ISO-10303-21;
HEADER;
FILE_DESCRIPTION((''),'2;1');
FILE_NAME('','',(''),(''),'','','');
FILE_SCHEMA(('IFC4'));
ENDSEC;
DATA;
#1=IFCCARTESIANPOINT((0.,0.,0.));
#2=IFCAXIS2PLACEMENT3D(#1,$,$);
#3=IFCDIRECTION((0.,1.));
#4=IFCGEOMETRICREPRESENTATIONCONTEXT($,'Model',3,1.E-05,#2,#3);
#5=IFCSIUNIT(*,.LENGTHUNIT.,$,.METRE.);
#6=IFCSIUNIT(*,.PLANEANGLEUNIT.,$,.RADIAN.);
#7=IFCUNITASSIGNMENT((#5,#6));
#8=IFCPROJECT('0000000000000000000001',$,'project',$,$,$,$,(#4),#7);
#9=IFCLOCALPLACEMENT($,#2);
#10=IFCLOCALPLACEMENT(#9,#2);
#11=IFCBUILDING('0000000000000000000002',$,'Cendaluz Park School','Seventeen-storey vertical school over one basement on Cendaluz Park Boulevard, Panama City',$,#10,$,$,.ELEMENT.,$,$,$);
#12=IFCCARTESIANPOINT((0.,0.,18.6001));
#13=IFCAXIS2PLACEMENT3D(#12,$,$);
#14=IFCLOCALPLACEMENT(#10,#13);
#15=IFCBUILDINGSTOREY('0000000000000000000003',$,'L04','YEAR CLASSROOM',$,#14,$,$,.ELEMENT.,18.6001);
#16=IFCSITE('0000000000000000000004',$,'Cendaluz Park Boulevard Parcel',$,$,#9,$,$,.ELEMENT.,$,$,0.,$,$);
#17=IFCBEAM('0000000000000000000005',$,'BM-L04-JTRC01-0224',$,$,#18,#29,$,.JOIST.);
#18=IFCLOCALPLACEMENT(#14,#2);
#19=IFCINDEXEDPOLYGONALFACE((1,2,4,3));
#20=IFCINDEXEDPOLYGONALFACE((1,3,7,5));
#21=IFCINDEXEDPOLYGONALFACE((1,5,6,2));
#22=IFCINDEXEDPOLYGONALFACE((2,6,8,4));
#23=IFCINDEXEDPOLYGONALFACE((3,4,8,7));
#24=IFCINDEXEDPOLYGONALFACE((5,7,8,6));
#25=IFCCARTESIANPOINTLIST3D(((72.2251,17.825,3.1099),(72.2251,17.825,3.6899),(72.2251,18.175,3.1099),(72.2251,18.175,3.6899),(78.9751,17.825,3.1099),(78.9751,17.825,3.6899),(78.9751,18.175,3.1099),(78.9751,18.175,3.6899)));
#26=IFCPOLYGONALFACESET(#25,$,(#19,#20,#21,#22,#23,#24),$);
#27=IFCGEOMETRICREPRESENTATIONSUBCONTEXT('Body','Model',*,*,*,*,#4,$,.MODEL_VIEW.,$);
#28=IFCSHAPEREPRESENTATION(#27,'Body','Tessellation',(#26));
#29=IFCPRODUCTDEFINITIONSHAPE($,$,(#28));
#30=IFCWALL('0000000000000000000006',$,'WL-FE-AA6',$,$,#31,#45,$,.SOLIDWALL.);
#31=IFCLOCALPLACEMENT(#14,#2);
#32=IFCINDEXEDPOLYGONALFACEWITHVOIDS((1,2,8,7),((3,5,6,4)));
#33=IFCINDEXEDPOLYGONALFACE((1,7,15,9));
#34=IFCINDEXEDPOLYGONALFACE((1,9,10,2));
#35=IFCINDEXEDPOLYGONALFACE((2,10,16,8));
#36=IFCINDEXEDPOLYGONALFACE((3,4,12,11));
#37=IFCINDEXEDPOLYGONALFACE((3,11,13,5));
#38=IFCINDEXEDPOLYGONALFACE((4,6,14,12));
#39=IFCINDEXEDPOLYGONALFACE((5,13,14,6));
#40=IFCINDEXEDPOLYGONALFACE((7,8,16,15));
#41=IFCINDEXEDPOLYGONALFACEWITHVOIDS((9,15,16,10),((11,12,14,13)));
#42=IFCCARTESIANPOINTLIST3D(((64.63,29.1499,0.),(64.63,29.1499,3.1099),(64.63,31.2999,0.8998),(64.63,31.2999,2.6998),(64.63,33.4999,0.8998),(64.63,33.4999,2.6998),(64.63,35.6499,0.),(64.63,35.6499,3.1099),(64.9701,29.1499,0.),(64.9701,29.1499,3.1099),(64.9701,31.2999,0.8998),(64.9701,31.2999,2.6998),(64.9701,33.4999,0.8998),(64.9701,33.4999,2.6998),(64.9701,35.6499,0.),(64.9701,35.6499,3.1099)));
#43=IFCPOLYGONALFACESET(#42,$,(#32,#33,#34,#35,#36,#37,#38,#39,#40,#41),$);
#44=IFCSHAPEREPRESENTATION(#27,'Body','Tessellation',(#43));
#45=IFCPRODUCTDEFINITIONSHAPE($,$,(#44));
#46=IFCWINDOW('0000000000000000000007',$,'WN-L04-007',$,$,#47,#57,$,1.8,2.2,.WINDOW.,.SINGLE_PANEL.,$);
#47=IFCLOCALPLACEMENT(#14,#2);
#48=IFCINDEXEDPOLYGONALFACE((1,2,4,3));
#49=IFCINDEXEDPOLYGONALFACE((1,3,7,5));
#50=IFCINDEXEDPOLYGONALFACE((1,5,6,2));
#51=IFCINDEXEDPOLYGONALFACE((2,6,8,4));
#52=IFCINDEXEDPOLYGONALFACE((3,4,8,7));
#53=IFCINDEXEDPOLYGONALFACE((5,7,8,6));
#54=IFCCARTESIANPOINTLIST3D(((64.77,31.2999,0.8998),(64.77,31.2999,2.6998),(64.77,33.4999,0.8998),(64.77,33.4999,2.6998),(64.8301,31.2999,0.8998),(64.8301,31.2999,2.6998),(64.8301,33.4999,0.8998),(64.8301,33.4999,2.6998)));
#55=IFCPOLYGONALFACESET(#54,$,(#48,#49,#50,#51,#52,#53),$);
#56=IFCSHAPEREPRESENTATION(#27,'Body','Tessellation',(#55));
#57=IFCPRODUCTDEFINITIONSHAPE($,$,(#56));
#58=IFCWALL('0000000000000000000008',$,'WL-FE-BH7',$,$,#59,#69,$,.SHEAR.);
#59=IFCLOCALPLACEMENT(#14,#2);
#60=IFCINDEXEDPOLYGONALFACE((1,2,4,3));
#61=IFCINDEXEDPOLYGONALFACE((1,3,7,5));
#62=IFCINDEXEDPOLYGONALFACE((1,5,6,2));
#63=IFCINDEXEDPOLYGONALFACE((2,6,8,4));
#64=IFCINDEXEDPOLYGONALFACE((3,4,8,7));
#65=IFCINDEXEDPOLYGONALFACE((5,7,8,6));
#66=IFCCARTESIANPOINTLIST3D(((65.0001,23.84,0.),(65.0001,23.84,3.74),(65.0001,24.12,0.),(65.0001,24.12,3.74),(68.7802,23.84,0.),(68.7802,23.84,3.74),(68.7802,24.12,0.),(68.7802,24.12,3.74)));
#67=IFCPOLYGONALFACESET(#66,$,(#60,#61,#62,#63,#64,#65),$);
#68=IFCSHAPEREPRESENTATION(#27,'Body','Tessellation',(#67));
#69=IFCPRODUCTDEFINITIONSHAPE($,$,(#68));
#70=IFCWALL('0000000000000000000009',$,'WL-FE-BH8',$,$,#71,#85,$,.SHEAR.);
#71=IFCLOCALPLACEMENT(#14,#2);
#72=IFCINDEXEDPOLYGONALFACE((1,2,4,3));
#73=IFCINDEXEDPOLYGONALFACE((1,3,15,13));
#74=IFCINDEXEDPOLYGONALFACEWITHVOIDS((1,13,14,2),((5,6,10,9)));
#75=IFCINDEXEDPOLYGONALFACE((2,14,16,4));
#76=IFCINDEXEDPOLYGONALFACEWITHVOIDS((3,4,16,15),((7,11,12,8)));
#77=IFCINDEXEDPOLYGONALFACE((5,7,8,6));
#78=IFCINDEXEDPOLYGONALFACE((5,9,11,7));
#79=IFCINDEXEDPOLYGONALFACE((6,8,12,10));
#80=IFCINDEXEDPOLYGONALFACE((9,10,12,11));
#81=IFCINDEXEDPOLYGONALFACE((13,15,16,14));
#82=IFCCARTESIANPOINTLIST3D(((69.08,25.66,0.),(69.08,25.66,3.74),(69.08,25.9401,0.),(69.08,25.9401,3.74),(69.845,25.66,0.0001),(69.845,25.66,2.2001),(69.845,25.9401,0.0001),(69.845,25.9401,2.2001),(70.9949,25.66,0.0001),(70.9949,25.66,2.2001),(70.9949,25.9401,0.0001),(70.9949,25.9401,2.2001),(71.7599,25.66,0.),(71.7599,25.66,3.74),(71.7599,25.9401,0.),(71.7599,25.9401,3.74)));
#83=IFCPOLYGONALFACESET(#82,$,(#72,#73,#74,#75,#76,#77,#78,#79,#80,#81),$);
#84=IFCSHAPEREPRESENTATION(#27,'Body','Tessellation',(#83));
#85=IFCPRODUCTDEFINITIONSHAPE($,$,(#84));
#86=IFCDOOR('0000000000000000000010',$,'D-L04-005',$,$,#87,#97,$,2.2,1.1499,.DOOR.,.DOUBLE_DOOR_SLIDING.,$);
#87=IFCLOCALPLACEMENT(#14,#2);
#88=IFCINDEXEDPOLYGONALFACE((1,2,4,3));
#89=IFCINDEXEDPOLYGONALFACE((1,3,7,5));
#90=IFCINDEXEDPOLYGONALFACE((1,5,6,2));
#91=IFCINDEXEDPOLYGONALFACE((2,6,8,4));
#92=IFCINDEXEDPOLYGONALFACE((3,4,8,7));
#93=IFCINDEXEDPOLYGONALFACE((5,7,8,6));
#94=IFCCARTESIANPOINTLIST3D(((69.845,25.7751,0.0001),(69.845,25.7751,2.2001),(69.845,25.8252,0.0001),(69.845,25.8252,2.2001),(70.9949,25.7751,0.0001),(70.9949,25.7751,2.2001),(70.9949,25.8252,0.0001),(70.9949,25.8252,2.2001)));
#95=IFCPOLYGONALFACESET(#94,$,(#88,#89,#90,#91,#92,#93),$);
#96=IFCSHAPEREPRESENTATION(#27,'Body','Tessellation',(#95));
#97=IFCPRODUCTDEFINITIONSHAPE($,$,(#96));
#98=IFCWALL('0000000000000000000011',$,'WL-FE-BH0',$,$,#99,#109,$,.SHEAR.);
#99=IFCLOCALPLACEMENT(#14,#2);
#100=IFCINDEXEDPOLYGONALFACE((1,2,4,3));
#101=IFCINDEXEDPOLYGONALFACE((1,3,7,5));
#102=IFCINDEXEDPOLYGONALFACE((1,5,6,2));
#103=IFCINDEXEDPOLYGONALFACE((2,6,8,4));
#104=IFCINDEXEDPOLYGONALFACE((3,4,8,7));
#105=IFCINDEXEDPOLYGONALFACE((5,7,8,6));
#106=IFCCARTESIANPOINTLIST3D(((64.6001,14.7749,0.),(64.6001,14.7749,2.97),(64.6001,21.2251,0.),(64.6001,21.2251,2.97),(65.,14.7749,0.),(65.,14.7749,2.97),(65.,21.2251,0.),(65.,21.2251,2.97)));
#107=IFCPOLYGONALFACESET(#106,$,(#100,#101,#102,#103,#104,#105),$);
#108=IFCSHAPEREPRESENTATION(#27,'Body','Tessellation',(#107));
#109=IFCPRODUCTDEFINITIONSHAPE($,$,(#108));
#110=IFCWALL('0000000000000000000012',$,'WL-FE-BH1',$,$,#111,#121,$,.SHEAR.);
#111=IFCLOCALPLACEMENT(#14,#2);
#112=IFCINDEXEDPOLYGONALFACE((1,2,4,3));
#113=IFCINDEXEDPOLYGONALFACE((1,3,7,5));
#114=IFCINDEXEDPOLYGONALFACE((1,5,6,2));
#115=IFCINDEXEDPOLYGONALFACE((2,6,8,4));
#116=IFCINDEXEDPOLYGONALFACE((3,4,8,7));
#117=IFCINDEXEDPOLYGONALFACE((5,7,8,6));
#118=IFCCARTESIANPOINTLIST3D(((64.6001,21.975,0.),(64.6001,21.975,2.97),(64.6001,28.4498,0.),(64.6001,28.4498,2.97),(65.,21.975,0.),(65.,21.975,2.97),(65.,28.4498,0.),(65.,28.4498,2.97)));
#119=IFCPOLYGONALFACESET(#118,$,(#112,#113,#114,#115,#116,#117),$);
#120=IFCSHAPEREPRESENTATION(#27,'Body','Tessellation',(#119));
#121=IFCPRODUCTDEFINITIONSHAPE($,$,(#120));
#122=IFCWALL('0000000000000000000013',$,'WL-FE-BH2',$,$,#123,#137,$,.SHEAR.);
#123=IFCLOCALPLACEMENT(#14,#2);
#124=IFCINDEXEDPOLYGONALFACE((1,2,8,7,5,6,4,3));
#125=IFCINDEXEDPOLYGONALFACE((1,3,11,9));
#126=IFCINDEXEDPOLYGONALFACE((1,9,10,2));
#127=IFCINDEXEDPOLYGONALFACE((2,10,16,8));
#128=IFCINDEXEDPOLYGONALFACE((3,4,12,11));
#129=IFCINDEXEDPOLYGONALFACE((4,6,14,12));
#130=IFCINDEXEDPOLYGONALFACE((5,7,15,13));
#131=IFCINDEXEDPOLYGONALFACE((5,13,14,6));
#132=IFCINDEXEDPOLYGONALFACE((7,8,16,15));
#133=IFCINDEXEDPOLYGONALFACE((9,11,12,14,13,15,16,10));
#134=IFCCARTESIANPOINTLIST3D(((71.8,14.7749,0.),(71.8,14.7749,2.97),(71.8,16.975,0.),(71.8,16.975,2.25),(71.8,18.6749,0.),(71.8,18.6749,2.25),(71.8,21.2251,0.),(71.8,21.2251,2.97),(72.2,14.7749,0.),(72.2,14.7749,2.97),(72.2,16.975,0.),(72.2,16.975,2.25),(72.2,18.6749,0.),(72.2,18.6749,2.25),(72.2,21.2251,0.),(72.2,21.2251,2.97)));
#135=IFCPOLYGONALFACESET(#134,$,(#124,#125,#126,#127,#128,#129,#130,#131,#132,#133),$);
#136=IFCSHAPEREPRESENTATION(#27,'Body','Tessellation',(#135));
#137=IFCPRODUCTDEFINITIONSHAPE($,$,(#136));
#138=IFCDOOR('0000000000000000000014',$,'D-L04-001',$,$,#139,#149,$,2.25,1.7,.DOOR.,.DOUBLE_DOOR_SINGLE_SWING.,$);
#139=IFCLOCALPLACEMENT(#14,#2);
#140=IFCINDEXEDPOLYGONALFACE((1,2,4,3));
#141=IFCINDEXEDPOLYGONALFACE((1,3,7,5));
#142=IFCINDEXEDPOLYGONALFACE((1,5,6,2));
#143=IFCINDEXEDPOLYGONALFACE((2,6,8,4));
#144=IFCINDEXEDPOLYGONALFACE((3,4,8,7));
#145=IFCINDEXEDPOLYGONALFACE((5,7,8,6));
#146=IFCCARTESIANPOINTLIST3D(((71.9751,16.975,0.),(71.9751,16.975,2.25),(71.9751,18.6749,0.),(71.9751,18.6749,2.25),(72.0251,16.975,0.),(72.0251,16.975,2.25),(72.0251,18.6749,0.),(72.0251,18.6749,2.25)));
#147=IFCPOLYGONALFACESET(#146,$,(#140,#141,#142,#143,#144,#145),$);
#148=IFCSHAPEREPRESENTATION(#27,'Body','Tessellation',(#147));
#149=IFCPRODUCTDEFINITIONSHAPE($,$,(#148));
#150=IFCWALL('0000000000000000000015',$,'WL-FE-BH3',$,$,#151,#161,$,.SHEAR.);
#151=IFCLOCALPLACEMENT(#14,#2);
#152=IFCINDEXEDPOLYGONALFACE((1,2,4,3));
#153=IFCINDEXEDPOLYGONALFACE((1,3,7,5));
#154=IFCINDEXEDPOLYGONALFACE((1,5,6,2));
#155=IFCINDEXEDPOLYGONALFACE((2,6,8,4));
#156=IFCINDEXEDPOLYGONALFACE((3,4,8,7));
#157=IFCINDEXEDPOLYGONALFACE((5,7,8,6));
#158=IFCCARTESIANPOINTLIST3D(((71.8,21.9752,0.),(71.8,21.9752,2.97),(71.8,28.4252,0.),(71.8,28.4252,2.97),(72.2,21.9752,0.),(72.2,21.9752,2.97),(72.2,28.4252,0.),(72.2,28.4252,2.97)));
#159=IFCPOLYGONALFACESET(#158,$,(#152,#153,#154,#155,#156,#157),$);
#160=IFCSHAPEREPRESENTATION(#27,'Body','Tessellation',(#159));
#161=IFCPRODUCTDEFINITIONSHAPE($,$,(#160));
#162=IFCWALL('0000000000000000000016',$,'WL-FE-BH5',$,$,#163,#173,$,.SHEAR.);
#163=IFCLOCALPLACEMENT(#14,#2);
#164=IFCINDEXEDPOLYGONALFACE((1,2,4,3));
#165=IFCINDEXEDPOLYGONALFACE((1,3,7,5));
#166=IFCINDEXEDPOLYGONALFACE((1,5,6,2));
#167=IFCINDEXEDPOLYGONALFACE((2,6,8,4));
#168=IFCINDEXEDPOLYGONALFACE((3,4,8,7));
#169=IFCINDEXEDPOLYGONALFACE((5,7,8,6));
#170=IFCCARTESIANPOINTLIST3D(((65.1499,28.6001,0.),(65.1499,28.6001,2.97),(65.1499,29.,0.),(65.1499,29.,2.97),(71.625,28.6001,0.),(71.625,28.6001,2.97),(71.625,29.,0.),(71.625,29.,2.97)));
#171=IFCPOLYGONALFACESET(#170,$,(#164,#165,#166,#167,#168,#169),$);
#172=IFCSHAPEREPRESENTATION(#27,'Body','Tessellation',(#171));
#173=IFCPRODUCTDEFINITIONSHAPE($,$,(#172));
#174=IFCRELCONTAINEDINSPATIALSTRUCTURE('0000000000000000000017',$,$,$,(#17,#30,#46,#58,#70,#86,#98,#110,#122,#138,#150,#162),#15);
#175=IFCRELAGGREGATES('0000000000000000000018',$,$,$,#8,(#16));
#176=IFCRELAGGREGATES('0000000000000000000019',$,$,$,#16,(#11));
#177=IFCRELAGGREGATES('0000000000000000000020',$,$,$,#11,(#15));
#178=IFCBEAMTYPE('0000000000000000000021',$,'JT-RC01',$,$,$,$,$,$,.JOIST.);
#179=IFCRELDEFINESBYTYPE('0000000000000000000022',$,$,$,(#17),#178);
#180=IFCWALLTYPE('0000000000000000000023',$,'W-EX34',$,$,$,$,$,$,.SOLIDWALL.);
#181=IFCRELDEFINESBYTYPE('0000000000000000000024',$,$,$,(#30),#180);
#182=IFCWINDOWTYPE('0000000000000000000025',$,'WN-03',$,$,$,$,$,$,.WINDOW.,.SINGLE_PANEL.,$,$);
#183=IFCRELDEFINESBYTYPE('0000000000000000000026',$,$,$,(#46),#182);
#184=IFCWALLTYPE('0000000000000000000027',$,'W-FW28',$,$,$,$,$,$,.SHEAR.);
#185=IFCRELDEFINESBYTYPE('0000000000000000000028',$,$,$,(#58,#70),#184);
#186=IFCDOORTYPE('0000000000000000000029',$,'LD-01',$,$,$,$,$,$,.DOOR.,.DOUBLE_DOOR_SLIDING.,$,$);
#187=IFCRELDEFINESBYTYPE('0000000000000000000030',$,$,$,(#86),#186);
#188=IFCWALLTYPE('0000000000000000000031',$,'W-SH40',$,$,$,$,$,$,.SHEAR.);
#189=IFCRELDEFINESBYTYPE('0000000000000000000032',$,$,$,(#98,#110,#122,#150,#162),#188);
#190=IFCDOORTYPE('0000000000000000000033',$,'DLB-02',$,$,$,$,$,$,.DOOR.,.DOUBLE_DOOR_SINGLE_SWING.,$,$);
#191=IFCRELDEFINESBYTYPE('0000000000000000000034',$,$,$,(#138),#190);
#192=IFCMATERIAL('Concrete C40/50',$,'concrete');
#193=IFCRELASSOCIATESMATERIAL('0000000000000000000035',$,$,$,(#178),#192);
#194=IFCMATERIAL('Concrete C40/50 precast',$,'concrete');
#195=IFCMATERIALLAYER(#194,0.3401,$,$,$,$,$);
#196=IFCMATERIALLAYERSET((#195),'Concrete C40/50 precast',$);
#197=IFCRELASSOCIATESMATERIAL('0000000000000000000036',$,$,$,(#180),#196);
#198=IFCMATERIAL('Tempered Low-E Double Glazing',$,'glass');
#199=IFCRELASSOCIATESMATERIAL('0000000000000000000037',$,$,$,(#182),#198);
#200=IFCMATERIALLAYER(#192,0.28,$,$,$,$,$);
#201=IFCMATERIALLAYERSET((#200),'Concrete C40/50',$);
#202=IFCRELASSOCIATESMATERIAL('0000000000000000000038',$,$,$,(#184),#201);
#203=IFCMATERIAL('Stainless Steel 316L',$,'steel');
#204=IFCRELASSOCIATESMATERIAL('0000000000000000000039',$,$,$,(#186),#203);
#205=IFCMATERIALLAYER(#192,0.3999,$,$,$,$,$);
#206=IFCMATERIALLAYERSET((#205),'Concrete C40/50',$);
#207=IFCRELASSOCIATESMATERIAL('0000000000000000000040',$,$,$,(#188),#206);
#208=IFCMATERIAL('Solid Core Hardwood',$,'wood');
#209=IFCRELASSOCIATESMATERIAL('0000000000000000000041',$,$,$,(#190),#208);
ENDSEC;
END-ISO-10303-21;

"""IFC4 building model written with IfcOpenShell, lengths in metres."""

from ifc_helpers import new_model, si_unit, direction, frame, frame_2d, origin, origin_2d, place, context, subcontext, project, spatial, rectangle, extrude, material, layer, layer_set, material_profile, profile_set, type_object, element, fill, save


model = new_model("IFC4")

# Units and contexts
model_context = context("Model", 3, precision=1e-05, world=origin(), true_north=direction((0.0, 1.0)))
body_context = subcontext(model_context, "Body", "Model", "MODEL_VIEW")
ifc_project = project(units=[si_unit("LENGTHUNIT", "METRE"), si_unit("PLANEANGLEUNIT", "RADIAN")], contexts=[model_context])

# Site, building, storey
site_placement = place(None, origin())
site = spatial("IfcSite", under=ifc_project, at=site_placement, Name="Cendaluz Park Boulevard Parcel", CompositionType="ELEMENT", RefElevation=0.0)
building_placement = place(site_placement, origin())
building = spatial("IfcBuilding", under=site, at=building_placement, Name="Cendaluz Park School", Description="Seventeen-storey vertical school over one basement on Cendaluz Park Boulevard, Panama City", CompositionType="ELEMENT")
storey_placement = place(building_placement, frame((0.0, 0.0, 18.6001)))
storey = spatial("IfcBuildingStorey", under=building, at=storey_placement, Name="L04", Description="YEAR CLASSROOM", CompositionType="ELEMENT", Elevation=18.6001)

# Shared definitions
ifc_material_1 = material(Name="Concrete C40/50", Category="concrete")

# Beam
ifc_material_profile_1 = material_profile(ifc_material_1, rectangle(XDim=0.3501, YDim=0.5801, at=origin_2d()), Name="RC 350x580", Category="concrete")
ifc_profile_set_1 = profile_set([ifc_material_profile_1], Name="Concrete C40/50")
beam_type_1 = type_object("IfcBeamType", Name="JT-RC01", PredefinedType="JOIST", material=ifc_profile_set_1)
beam_1_placement = place(storey_placement, frame((72.2251, 18.0, 3.3999), z_axis=(1.0, 0.0, 0.0), x_axis=(0.0, 1.0, 0.0)))
element("IfcBeam", 1, at=beam_1_placement, inside=storey, type_object=beam_type_1, Name="BM-L04-JTRC01-0224", PredefinedType="JOIST", context=body_context, shape_type="SweptSolid", body=[
    extrude(rectangle(XDim=0.3501, YDim=0.5801, at=origin_2d()), origin(), (0.0, 0.0, 1.0), 6.75),
])

# Wall, opening, window
ifc_material_2 = material(Name="Concrete C40/50 precast", Category="concrete")
ifc_layer_1 = layer(ifc_material_2, 0.3401)
ifc_layer_set_1 = layer_set([ifc_layer_1], Name="Concrete C40/50 precast")
wall_type_1 = type_object("IfcWallType", Name="W-EX34", PredefinedType="SOLIDWALL", material=ifc_layer_set_1)
wall_1_placement = place(storey_placement, frame((64.8, 29.1499, 0.0), z_axis=(0.0, 0.0, 1.0), x_axis=(0.0, 1.0, 0.0)))
wall_1 = element("IfcWall", 2, at=wall_1_placement, inside=storey, type_object=wall_type_1, Name="WL-FE-AA6", PredefinedType="SOLIDWALL", context=body_context, shape_type="SweptSolid", body=[
    extrude(rectangle(XDim=6.5, YDim=0.3401, at=frame_2d((3.25, 0.0))), origin(), (0.0, 0.0, 1.0), 3.1099),
])
opening_1_placement = place(wall_1_placement, frame((2.1499, 0.0, 0.8999)))
opening_1 = element("IfcOpeningElement", 3, at=opening_1_placement, cuts=wall_1, PredefinedType="OPENING", context=body_context, shape_type="SweptSolid", body=[
    extrude(rectangle(XDim=2.2, YDim=1.8, at=frame_2d((1.1001, 0.8999))), frame((0.0, 0.1821, 0.0), z_axis=(0.0, -1.0, 0.0), x_axis=(1.0, 0.0, 0.0)), (0.0, 0.0, 1.0), 0.364),
])
ifc_material_3 = material(Name="Tempered Low-E Double Glazing", Category="glass")
window_type = type_object("IfcWindowType", Name="WN-03", PartitioningType="SINGLE_PANEL", PredefinedType="WINDOW", material=ifc_material_3)
window_placement = place(opening_1_placement, origin())
window = element("IfcWindow", 4, at=window_placement, inside=storey, type_object=window_type, Name="WN-L04-007", OverallHeight=1.8, OverallWidth=2.2, PartitioningType="SINGLE_PANEL", PredefinedType="WINDOW", context=body_context, shape_type="SweptSolid", body=[
    extrude(rectangle(XDim=2.2, YDim=1.8, at=frame_2d((1.1001, 0.8999))), frame((0.0, 0.03, 0.0), z_axis=(0.0, -1.0, 0.0), x_axis=(1.0, 0.0, 0.0)), (0.0, 0.0, 1.0), 0.0601),
])
fill(opening_1, window)

# Wall
ifc_layer_2 = layer(ifc_material_1, 0.28)
ifc_layer_set_2 = layer_set([ifc_layer_2], Name="Concrete C40/50")
wall_type_2 = type_object("IfcWallType", Name="W-FW28", PredefinedType="SHEAR", material=ifc_layer_set_2)
wall_2_placement = place(storey_placement, frame((65.0, 23.98, 0.0), z_axis=(0.0, 0.0, 1.0), x_axis=(1.0, 0.0, 0.0)))
element("IfcWall", 5, at=wall_2_placement, inside=storey, type_object=wall_type_2, Name="WL-FE-BH7", PredefinedType="SHEAR", context=body_context, shape_type="SweptSolid", body=[
    extrude(rectangle(XDim=3.78, YDim=0.28, at=frame_2d((1.8901, 0.0))), origin(), (0.0, 0.0, 1.0), 3.74),
])

# Wall, opening, door
wall_3_placement = place(storey_placement, frame((69.0801, 25.8, 0.0), z_axis=(0.0, 0.0, 1.0), x_axis=(1.0, 0.0, 0.0)))
wall_3 = element("IfcWall", 6, at=wall_3_placement, inside=storey, type_object=wall_type_2, Name="WL-FE-BH8", PredefinedType="SHEAR", context=body_context, shape_type="SweptSolid", body=[
    extrude(rectangle(XDim=2.6799, YDim=0.28, at=frame_2d((1.3398, 0.0))), origin(), (0.0, 0.0, 1.0), 3.74),
])
opening_2_placement = place(wall_3_placement, frame((0.7649, 0.0, 0.0)))
opening_2 = element("IfcOpeningElement", 7, at=opening_2_placement, cuts=wall_3, PredefinedType="OPENING", context=body_context, shape_type="SweptSolid", body=[
    extrude(rectangle(XDim=1.1499, YDim=2.2, at=frame_2d((0.575, 1.1001))), frame((0.0, 0.1521, 0.0), z_axis=(0.0, -1.0, 0.0), x_axis=(1.0, 0.0, 0.0)), (0.0, 0.0, 1.0), 0.304),
])
ifc_material_4 = material(Name="Stainless Steel 316L", Category="steel")
door_type_1 = type_object("IfcDoorType", Name="LD-01", OperationType="DOUBLE_DOOR_SLIDING", PredefinedType="DOOR", material=ifc_material_4)
door_1_placement = place(opening_2_placement, frame((1.1499, 0.0, 0.0), z_axis=(0.0, 0.0, 1.0), x_axis=(-1.0, 0.0, 0.0)))
door_1 = element("IfcDoor", 8, at=door_1_placement, inside=storey, type_object=door_type_1, Name="D-L04-005", OperationType="DOUBLE_DOOR_SLIDING", OverallHeight=2.2, OverallWidth=1.1499, PredefinedType="DOOR", context=body_context, shape_type="SweptSolid", body=[
    extrude(rectangle(XDim=1.1499, YDim=2.2, at=frame_2d((0.575, 1.1001))), frame((0.0, 0.0249, 0.0), z_axis=(0.0, -1.0, 0.0), x_axis=(1.0, 0.0, 0.0)), (0.0, 0.0, 1.0), 0.05),
])
fill(opening_2, door_1)

# Walls
ifc_layer_3 = layer(ifc_material_1, 0.3999)
ifc_layer_set_3 = layer_set([ifc_layer_3], Name="Concrete C40/50")
wall_type_3 = type_object("IfcWallType", Name="W-SH40", PredefinedType="SHEAR", material=ifc_layer_set_3)
wall_4_placement = place(storey_placement, frame((64.8, 14.7749, 0.0), z_axis=(0.0, 0.0, 1.0), x_axis=(0.0, 1.0, 0.0)))
element("IfcWall", 9, at=wall_4_placement, inside=storey, type_object=wall_type_3, Name="WL-FE-BH0", PredefinedType="SHEAR", context=body_context, shape_type="SweptSolid", body=[
    extrude(rectangle(XDim=6.4502, YDim=0.3999, at=frame_2d((3.2251, 0.0))), origin(), (0.0, 0.0, 1.0), 2.97),
])
wall_5_placement = place(storey_placement, frame((64.8, 21.9751, 0.0), z_axis=(0.0, 0.0, 1.0), x_axis=(0.0, 1.0, 0.0)))
element("IfcWall", 10, at=wall_5_placement, inside=storey, type_object=wall_type_3, Name="WL-FE-BH1", PredefinedType="SHEAR", context=body_context, shape_type="SweptSolid", body=[
    extrude(rectangle(XDim=6.4749, YDim=0.3999, at=frame_2d((3.2373, 0.0))), origin(), (0.0, 0.0, 1.0), 2.97),
])

# Wall, opening, door
wall_6_placement = place(storey_placement, frame((72.0, 14.7749, 0.0), z_axis=(0.0, 0.0, 1.0), x_axis=(0.0, 1.0, 0.0)))
wall_6 = element("IfcWall", 11, at=wall_6_placement, inside=storey, type_object=wall_type_3, Name="WL-FE-BH2", PredefinedType="SHEAR", context=body_context, shape_type="SweptSolid", body=[
    extrude(rectangle(XDim=6.4502, YDim=0.3999, at=frame_2d((3.2251, 0.0))), origin(), (0.0, 0.0, 1.0), 2.97),
])
opening_3_placement = place(wall_6_placement, frame((2.2, 0.0, 0.0)))
opening_3 = element("IfcOpeningElement", 12, at=opening_3_placement, cuts=wall_6, PredefinedType="OPENING", context=body_context, shape_type="SweptSolid", body=[
    extrude(rectangle(XDim=1.7, YDim=2.25, at=frame_2d((0.8501, 1.125))), frame((0.0, 0.2119, 0.0), z_axis=(0.0, -1.0, 0.0), x_axis=(1.0, 0.0, 0.0)), (0.0, 0.0, 1.0), 0.4238),
])
ifc_material_5 = material(Name="Solid Core Hardwood", Category="wood")
door_type_2 = type_object("IfcDoorType", Name="DLB-02", OperationType="DOUBLE_DOOR_SINGLE_SWING", PredefinedType="DOOR", material=ifc_material_5)
door_2_placement = place(opening_3_placement, origin())
door_2 = element("IfcDoor", 13, at=door_2_placement, inside=storey, type_object=door_type_2, Name="D-L04-001", OperationType="DOUBLE_DOOR_SINGLE_SWING", OverallHeight=2.25, OverallWidth=1.7, PredefinedType="DOOR", context=body_context, shape_type="SweptSolid", body=[
    extrude(rectangle(XDim=1.7, YDim=2.25, at=frame_2d((0.8501, 1.125))), frame((0.0, 0.0249, 0.0), z_axis=(0.0, -1.0, 0.0), x_axis=(1.0, 0.0, 0.0)), (0.0, 0.0, 1.0), 0.05),
])
fill(opening_3, door_2)

# Walls
wall_7_placement = place(storey_placement, frame((72.0, 21.9751, 0.0), z_axis=(0.0, 0.0, 1.0), x_axis=(0.0, 1.0, 0.0)))
element("IfcWall", 14, at=wall_7_placement, inside=storey, type_object=wall_type_3, Name="WL-FE-BH3", PredefinedType="SHEAR", context=body_context, shape_type="SweptSolid", body=[
    extrude(rectangle(XDim=6.45, YDim=0.3999, at=frame_2d((3.2251, 0.0))), origin(), (0.0, 0.0, 1.0), 2.97),
])
wall_8_placement = place(storey_placement, frame((65.1499, 28.8, 0.0), z_axis=(0.0, 0.0, 1.0), x_axis=(1.0, 0.0, 0.0)))
element("IfcWall", 15, at=wall_8_placement, inside=storey, type_object=wall_type_3, Name="WL-FE-BH5", PredefinedType="SHEAR", context=body_context, shape_type="SweptSolid", body=[
    extrude(rectangle(XDim=6.4751, YDim=0.3999, at=frame_2d((3.2375, 0.0))), origin(), (0.0, 0.0, 1.0), 2.97),
])

save(model, "model.ifc")
